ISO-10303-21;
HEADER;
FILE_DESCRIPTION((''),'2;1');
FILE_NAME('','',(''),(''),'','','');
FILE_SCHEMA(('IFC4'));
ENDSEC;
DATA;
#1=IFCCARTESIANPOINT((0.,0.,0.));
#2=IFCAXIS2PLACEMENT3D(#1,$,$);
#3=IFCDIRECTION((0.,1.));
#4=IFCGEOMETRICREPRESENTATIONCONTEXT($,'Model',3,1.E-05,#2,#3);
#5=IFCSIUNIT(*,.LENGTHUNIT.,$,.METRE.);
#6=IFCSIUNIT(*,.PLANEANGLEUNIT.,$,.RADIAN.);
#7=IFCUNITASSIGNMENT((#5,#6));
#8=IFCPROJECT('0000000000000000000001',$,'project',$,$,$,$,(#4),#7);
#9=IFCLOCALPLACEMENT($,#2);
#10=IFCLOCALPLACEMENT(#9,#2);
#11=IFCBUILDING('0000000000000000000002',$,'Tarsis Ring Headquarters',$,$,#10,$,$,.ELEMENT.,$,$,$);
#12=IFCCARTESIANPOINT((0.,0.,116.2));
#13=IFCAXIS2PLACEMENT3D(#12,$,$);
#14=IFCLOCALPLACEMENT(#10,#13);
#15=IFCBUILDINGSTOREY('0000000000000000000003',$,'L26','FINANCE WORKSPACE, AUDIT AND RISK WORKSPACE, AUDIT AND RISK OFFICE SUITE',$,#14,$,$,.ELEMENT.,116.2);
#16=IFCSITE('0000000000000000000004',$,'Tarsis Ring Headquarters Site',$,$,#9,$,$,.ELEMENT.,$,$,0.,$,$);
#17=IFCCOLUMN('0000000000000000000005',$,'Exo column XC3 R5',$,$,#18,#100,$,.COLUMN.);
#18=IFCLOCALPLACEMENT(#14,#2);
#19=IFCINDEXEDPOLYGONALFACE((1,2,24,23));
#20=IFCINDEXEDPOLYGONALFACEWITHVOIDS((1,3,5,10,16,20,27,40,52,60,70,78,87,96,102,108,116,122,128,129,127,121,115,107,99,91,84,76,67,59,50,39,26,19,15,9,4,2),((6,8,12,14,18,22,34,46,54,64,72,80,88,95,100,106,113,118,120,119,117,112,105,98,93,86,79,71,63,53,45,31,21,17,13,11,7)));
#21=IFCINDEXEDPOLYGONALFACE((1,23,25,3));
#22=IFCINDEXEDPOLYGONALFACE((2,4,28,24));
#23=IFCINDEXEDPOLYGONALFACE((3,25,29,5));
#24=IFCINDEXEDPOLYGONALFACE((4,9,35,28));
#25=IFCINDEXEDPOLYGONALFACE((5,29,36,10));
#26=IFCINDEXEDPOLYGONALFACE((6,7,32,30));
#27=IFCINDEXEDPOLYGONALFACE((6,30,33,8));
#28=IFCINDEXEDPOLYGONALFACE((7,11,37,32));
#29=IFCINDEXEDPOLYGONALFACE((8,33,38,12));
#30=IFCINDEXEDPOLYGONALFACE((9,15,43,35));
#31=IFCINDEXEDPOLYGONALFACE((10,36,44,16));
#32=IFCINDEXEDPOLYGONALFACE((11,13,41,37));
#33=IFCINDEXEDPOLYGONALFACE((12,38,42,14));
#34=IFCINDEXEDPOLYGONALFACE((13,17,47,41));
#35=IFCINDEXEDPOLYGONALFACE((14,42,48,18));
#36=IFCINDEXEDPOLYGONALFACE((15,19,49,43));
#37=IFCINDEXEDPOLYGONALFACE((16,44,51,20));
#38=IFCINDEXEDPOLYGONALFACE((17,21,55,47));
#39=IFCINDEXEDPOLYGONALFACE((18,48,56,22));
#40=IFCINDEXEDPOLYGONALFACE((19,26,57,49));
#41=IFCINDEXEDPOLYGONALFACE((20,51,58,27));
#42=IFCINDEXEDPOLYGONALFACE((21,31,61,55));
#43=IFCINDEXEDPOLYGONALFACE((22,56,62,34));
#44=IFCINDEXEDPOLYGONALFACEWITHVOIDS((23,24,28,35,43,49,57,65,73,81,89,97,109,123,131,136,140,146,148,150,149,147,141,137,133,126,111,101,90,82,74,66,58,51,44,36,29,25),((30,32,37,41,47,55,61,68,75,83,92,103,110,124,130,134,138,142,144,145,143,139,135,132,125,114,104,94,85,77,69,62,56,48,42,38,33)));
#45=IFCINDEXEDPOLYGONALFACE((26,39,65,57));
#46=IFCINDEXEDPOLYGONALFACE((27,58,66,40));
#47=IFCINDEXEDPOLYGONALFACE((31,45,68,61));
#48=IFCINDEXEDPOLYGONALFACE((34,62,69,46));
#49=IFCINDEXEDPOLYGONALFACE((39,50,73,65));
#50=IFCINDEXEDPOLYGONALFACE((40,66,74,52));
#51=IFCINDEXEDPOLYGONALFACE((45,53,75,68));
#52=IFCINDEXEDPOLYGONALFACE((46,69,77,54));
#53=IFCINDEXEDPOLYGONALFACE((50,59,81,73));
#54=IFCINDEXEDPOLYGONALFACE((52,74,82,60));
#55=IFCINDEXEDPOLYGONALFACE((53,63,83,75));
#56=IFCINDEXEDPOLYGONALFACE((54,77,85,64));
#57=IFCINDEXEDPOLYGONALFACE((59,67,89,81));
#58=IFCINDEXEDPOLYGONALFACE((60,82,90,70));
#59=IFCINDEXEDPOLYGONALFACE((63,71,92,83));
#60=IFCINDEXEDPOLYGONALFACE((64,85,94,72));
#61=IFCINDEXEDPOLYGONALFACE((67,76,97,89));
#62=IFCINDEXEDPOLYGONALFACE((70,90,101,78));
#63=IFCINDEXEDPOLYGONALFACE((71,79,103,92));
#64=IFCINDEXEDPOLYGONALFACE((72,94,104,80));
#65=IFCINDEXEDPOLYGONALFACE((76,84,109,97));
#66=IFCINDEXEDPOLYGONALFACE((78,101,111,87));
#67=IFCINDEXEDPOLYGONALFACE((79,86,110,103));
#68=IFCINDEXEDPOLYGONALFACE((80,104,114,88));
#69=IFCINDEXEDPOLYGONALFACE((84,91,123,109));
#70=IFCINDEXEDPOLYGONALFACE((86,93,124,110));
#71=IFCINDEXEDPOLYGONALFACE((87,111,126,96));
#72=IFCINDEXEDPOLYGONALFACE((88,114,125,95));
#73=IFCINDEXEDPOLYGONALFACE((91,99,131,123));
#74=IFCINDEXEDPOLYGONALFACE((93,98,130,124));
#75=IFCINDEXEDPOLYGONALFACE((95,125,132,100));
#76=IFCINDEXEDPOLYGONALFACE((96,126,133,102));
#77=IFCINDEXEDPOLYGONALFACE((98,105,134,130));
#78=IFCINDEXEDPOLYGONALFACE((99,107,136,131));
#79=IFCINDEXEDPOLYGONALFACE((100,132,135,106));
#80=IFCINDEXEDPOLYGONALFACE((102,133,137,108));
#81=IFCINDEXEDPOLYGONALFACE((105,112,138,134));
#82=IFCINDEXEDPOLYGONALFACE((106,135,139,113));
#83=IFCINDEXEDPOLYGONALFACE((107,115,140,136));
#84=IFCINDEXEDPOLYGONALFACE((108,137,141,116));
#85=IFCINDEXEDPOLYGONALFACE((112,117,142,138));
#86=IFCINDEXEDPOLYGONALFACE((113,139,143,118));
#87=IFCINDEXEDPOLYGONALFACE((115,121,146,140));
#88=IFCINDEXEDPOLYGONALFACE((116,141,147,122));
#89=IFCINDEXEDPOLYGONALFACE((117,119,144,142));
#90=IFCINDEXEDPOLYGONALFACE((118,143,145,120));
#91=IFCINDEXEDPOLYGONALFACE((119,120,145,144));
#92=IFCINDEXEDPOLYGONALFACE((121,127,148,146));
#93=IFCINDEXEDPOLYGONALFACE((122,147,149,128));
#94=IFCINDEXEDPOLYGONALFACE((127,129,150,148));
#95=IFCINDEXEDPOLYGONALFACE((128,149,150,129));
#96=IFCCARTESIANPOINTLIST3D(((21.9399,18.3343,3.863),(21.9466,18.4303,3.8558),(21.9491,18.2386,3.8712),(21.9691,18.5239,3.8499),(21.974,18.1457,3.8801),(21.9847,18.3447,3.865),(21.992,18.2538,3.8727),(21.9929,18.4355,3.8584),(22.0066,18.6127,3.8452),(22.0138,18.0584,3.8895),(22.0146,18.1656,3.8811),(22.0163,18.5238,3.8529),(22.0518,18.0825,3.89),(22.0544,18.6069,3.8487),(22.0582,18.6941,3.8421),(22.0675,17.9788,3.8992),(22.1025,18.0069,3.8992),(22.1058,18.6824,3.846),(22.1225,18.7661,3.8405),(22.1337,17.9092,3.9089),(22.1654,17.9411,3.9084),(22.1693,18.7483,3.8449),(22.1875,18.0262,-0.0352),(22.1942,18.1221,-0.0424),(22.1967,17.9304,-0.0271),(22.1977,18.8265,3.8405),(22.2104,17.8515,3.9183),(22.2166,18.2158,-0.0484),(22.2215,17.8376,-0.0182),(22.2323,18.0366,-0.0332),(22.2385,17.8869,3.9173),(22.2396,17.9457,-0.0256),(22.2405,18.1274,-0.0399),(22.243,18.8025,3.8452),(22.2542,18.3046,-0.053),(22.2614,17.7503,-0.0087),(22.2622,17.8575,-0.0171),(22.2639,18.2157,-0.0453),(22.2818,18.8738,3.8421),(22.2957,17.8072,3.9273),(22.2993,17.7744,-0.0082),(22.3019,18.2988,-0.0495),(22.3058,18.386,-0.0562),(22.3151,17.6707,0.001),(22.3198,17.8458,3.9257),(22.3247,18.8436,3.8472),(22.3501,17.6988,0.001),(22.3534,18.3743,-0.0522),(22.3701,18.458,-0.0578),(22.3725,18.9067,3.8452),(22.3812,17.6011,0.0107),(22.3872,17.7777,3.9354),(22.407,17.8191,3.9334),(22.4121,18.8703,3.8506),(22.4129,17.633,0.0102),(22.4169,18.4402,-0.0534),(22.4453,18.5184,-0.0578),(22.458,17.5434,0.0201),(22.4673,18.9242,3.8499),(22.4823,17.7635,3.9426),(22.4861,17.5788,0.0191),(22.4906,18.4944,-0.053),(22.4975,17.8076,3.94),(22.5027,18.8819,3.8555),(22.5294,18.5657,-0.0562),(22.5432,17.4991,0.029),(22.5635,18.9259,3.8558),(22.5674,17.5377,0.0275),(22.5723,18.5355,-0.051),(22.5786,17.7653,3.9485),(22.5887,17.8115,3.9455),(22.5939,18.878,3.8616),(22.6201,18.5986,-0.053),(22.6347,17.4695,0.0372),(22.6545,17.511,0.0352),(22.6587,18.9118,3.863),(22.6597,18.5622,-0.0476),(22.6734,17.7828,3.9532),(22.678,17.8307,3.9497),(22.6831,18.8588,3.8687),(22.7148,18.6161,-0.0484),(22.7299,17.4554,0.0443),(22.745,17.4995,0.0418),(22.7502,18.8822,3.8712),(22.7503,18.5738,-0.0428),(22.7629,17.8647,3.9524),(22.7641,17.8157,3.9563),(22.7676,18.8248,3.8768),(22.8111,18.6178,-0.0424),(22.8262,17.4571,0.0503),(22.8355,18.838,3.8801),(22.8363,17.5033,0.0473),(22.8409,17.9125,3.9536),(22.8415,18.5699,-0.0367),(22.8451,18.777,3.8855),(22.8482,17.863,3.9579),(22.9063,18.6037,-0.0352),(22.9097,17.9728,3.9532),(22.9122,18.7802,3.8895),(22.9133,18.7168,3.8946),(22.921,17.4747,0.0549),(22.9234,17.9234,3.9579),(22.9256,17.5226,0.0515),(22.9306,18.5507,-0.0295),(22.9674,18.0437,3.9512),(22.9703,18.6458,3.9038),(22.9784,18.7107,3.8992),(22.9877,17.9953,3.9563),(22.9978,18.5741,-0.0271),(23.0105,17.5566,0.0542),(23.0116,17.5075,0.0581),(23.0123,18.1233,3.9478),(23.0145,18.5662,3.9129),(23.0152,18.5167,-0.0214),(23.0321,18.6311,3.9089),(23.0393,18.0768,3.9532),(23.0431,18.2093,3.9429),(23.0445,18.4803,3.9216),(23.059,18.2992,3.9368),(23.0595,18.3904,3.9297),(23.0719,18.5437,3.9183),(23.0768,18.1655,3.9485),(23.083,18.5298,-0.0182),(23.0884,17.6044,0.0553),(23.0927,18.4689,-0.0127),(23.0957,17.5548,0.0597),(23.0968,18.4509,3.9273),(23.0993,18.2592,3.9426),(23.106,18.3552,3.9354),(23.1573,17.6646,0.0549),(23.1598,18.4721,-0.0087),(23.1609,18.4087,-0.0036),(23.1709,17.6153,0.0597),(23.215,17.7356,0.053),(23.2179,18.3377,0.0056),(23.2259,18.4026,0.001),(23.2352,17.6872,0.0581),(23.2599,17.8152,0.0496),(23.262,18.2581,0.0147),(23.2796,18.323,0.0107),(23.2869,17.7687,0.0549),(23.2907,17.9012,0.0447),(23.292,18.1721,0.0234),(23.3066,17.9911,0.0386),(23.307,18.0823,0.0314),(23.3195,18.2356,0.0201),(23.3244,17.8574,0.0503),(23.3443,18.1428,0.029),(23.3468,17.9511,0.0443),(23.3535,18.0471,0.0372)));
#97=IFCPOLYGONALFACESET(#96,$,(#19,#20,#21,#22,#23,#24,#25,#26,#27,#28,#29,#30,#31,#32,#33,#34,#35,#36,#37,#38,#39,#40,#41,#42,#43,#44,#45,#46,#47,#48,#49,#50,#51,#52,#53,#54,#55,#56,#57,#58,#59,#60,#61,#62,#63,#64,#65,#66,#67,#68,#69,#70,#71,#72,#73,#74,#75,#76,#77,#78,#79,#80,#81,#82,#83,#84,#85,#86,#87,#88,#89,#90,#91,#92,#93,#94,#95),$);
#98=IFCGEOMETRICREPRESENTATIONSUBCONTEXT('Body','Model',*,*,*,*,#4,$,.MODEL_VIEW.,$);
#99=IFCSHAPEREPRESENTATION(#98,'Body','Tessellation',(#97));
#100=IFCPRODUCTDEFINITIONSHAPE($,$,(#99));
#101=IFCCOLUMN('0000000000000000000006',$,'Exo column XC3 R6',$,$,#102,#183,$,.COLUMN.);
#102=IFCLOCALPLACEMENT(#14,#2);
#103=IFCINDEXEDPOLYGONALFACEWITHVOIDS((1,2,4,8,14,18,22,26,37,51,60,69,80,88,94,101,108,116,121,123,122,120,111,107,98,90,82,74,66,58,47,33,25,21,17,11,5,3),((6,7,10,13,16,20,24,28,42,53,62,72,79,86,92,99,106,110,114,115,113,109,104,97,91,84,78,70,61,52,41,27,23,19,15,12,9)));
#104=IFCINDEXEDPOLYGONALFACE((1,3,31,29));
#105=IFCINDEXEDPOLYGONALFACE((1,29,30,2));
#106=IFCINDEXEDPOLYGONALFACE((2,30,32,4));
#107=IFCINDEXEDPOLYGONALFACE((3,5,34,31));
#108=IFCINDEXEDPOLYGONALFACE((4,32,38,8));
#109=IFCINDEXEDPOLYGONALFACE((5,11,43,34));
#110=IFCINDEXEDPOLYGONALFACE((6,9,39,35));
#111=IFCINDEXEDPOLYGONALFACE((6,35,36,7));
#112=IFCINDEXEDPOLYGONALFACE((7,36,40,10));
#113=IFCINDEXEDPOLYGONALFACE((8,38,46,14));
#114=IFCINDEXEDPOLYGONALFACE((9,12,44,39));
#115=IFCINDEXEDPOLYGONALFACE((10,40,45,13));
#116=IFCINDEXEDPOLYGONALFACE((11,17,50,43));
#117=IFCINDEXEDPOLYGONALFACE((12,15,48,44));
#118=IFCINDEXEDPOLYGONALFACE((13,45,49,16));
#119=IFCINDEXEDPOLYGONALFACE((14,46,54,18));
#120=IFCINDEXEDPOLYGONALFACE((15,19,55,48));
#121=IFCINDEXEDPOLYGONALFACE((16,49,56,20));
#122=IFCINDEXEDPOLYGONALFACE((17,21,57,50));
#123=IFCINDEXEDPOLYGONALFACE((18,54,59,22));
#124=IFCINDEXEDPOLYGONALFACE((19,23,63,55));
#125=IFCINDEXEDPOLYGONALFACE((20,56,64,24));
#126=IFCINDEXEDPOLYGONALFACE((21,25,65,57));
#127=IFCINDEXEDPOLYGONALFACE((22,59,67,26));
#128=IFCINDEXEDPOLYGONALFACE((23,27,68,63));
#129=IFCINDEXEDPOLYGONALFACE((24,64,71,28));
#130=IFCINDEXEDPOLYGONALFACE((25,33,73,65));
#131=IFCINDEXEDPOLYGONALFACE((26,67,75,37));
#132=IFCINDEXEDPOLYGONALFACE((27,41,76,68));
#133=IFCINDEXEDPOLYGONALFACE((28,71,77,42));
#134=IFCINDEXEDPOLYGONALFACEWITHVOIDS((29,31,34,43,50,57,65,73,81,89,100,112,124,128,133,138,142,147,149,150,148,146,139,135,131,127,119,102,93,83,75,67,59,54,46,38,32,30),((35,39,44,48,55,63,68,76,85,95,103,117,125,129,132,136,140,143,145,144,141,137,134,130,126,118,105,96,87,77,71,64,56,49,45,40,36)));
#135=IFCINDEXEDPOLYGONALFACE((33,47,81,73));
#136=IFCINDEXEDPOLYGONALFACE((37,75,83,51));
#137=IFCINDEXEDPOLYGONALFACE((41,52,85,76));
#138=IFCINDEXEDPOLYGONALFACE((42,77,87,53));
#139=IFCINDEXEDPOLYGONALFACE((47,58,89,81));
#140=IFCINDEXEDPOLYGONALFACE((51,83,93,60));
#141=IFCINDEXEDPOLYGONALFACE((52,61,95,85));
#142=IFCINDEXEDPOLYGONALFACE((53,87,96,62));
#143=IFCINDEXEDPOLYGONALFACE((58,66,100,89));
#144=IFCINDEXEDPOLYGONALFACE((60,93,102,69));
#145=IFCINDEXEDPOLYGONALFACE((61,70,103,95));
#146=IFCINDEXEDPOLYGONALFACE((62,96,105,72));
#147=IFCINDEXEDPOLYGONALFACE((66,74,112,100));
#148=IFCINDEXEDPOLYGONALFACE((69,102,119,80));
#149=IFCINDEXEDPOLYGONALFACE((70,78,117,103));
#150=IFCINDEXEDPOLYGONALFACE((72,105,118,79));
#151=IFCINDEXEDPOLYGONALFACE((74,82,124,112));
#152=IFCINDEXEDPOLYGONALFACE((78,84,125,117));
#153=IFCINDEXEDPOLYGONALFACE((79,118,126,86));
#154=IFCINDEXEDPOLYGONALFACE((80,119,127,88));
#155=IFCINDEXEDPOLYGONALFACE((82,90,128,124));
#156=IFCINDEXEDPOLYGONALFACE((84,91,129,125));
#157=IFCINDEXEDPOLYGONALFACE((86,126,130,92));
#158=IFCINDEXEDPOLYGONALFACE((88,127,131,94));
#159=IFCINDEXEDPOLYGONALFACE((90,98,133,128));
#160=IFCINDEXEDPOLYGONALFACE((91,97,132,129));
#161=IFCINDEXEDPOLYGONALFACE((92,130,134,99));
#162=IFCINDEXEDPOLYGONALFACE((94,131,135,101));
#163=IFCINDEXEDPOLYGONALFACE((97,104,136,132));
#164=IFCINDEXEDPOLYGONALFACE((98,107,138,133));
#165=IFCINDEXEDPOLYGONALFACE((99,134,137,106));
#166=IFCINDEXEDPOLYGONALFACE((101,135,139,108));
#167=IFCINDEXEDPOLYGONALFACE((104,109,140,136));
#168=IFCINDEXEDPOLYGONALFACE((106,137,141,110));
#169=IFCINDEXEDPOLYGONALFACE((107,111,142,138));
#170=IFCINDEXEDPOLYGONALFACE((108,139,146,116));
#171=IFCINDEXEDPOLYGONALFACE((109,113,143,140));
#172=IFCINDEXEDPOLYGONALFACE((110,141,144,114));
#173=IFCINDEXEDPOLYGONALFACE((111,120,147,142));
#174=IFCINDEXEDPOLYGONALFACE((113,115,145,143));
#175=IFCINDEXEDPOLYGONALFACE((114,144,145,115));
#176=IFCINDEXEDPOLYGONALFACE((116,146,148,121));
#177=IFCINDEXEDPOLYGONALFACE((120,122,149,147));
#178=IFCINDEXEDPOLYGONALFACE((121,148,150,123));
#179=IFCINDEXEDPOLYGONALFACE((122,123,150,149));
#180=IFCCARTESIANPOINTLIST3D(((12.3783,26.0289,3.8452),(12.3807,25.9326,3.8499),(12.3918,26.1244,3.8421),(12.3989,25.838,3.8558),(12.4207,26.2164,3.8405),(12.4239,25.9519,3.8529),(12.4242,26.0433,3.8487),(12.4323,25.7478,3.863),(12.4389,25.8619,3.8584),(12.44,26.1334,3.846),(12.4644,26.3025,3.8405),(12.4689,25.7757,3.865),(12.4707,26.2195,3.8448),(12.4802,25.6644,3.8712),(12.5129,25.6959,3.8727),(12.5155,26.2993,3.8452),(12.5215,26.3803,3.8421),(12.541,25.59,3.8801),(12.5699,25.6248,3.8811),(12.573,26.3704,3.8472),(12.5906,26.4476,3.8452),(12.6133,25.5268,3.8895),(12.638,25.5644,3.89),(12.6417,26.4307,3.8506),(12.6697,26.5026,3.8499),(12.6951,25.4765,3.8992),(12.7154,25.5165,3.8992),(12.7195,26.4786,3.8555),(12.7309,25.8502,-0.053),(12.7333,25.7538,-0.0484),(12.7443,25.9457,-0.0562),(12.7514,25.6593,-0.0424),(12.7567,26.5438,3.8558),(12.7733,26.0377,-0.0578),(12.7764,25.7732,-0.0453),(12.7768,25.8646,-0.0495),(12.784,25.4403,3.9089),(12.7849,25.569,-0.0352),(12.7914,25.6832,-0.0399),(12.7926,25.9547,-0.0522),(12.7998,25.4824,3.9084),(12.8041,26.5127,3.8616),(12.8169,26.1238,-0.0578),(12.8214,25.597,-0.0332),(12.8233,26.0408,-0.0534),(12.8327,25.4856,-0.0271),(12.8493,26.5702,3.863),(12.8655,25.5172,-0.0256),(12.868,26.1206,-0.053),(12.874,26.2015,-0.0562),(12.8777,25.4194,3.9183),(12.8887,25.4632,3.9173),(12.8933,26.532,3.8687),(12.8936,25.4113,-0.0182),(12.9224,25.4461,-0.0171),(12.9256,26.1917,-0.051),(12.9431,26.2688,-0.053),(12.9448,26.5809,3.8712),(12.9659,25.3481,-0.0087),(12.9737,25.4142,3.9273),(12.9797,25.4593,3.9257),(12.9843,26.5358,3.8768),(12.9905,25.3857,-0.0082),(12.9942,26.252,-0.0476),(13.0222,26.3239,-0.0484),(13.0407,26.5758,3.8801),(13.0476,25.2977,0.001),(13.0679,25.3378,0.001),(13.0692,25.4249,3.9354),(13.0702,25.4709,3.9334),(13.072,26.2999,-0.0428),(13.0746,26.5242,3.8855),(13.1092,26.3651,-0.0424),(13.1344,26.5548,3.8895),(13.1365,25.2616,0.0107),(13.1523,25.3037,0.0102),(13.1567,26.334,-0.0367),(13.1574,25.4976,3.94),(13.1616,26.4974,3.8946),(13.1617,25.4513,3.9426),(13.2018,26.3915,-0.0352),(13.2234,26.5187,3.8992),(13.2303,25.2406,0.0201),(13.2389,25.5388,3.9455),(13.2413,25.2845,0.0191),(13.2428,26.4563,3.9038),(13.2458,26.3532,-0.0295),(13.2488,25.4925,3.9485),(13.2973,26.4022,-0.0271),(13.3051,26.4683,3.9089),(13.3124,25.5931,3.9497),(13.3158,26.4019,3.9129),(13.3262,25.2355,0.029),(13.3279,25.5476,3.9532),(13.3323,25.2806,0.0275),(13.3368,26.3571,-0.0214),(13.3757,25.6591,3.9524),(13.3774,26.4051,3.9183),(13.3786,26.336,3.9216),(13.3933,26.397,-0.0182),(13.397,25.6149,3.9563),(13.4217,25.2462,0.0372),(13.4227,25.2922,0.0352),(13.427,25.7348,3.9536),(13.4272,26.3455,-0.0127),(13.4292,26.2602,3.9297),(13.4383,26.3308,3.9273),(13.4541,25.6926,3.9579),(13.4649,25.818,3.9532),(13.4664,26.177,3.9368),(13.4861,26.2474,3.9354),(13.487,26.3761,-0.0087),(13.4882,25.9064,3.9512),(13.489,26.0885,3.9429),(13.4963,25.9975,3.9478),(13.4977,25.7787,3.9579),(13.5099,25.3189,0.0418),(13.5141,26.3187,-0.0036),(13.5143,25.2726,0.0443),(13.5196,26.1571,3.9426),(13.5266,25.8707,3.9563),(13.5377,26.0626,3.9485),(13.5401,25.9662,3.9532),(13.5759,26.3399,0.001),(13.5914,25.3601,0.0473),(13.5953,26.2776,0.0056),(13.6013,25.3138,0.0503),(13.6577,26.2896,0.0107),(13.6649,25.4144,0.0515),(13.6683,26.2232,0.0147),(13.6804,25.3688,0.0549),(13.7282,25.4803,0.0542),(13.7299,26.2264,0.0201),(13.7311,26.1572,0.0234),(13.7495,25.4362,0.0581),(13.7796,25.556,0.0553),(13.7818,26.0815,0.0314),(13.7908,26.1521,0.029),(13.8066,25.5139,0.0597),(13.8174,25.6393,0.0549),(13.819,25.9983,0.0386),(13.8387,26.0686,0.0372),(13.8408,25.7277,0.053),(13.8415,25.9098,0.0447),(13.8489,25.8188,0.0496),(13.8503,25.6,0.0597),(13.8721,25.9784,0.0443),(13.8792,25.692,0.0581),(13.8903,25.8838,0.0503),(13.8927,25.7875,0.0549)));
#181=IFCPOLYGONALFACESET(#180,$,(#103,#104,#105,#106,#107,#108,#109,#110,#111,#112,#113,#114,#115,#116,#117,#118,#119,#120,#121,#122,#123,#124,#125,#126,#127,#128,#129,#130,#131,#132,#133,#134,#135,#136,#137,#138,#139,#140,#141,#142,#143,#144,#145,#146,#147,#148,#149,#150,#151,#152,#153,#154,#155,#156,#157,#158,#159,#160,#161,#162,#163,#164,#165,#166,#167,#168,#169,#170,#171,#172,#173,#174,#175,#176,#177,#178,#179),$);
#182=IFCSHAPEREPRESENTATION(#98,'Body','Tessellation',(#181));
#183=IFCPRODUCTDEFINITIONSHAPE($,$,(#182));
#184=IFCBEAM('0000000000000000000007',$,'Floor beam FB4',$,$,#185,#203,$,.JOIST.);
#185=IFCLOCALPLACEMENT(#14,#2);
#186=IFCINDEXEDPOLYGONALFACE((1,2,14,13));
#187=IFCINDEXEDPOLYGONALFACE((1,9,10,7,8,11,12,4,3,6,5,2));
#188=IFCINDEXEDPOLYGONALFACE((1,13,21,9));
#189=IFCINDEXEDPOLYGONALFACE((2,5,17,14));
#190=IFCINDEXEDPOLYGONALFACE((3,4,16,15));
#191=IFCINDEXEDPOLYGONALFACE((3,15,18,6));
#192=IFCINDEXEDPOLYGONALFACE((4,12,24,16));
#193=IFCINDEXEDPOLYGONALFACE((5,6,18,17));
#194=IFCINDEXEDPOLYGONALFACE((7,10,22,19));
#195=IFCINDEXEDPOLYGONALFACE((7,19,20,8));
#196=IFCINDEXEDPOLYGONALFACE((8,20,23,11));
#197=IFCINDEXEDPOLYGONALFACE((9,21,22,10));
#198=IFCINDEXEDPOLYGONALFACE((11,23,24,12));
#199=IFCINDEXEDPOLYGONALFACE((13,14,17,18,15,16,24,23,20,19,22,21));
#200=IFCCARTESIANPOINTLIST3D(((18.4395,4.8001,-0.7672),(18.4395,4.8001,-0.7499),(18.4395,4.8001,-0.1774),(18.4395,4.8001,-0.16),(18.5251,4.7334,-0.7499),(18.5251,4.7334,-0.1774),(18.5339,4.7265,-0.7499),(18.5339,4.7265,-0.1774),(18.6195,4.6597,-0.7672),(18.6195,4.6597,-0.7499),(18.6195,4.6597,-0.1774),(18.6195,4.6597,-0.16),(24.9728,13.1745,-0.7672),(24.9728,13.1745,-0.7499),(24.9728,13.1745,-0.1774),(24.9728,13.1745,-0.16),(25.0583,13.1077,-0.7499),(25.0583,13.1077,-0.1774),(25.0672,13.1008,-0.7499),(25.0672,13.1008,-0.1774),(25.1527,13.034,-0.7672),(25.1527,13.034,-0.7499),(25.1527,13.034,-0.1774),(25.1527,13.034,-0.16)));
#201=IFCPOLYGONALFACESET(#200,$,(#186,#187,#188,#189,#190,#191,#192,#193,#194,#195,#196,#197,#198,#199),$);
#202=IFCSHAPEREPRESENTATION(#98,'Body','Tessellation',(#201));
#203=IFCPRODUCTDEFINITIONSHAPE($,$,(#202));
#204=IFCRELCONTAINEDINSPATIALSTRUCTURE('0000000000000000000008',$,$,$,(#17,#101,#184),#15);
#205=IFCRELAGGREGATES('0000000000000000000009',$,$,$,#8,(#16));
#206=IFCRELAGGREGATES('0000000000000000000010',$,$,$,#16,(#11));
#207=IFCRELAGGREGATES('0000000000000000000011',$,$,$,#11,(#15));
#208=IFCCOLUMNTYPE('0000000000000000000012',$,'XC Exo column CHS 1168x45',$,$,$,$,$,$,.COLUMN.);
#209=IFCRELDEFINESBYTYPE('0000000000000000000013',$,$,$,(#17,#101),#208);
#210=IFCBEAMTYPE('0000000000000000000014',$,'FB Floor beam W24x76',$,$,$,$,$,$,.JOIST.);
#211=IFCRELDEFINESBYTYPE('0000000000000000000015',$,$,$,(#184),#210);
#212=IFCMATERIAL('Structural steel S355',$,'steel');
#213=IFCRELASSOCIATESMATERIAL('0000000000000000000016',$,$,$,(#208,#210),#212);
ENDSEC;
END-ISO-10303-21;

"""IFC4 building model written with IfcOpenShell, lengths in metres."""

from ifc_helpers import new_model, si_unit, direction, frame, origin, origin_2d, place, context, subcontext, project, spatial, hollow_circle, i_section, extrude, material, material_profile, profile_set, type_object, element, save


model = new_model("IFC4")

# Units and contexts
model_context = context("Model", 3, precision=1e-05, world=origin(), true_north=direction((0.0, 1.0)))
body_context = subcontext(model_context, "Body", "Model", "MODEL_VIEW")
ifc_project = project(units=[si_unit("LENGTHUNIT", "METRE"), si_unit("PLANEANGLEUNIT", "RADIAN")], contexts=[model_context])

# Site, building, storey
site_placement = place(None, origin())
site = spatial("IfcSite", under=ifc_project, at=site_placement, Name="Tarsis Ring Headquarters Site", CompositionType="ELEMENT", RefElevation=0.0)
building_placement = place(site_placement, origin())
building = spatial("IfcBuilding", under=site, at=building_placement, Name="Tarsis Ring Headquarters", CompositionType="ELEMENT")
storey_placement = place(building_placement, frame((0.0, 0.0, 116.2)))
storey = spatial("IfcBuildingStorey", under=building, at=storey_placement, Name="L26", Description="FINANCE WORKSPACE, AUDIT AND RISK WORKSPACE, AUDIT AND RISK OFFICE SUITE", CompositionType="ELEMENT", Elevation=116.2)

# Columns
ifc_material_1 = material(Name="Structural steel S355", Category="steel")
ifc_material_profile_1 = material_profile(ifc_material_1, hollow_circle(Radius=0.5842, WallThickness=0.0449, at=origin_2d()), Name="CHS 1168x45")
ifc_profile_set_1 = profile_set([ifc_material_profile_1], Name="Structural steel S355")
column_type = type_object("IfcColumnType", Name="XC Exo column CHS 1168x45", PredefinedType="COLUMN", material=ifc_profile_set_1)
for number, where, z_axis, x_axis, name in (
    (1, (22.7705, 18.0366, 0.001), (-0.063182, 0.078635, 0.994899), (-0.779541, -0.626351, 0.0), "Exo column XC3 R5"),
    (2, (13.3118, 25.8188, 0.001), (-0.089975, 0.045611, 0.994899), (-0.452148, -0.891943, 0.0), "Exo column XC3 R6"),
):
    element("IfcColumn", number, at=place(storey_placement, frame(where, z_axis=z_axis, x_axis=x_axis)), inside=storey, type_object=column_type, Name=name, PredefinedType="COLUMN", context=body_context, shape_type="SweptSolid", body=[
        extrude(hollow_circle(Radius=0.5842, WallThickness=0.0449, at=origin_2d()), origin(), (0.0, 0.0, 1.0), 3.9182),
    ])

# Beam
ifc_material_profile_2 = material_profile(ifc_material_1, i_section(OverallWidth=0.2283, OverallDepth=0.6072, WebThickness=0.0112, FlangeThickness=0.0173, at=origin_2d()), Name="W24x76")
ifc_profile_set_2 = profile_set([ifc_material_profile_2], Name="Structural steel S355")
beam_type_1 = type_object("IfcBeamType", Name="FB Floor beam W24x76", PredefinedType="JOIST", material=ifc_profile_set_2)
beam_1_placement = place(storey_placement, frame((25.0627, 13.1042, -0.4636), z_axis=(-0.615106, -0.788444, 0.0), x_axis=(0.788444, -0.615106, 0.0)))
element("IfcBeam", 3, at=beam_1_placement, inside=storey, type_object=beam_type_1, Name="Floor beam FB4", PredefinedType="JOIST", context=body_context, shape_type="SweptSolid", body=[
    extrude(i_section(OverallWidth=0.2283, OverallDepth=0.6072, WebThickness=0.0112, FlangeThickness=0.0173, at=origin_2d()), origin(), (0.0, 0.0, 1.0), 10.6213),
])

save(model, "model.ifc")
